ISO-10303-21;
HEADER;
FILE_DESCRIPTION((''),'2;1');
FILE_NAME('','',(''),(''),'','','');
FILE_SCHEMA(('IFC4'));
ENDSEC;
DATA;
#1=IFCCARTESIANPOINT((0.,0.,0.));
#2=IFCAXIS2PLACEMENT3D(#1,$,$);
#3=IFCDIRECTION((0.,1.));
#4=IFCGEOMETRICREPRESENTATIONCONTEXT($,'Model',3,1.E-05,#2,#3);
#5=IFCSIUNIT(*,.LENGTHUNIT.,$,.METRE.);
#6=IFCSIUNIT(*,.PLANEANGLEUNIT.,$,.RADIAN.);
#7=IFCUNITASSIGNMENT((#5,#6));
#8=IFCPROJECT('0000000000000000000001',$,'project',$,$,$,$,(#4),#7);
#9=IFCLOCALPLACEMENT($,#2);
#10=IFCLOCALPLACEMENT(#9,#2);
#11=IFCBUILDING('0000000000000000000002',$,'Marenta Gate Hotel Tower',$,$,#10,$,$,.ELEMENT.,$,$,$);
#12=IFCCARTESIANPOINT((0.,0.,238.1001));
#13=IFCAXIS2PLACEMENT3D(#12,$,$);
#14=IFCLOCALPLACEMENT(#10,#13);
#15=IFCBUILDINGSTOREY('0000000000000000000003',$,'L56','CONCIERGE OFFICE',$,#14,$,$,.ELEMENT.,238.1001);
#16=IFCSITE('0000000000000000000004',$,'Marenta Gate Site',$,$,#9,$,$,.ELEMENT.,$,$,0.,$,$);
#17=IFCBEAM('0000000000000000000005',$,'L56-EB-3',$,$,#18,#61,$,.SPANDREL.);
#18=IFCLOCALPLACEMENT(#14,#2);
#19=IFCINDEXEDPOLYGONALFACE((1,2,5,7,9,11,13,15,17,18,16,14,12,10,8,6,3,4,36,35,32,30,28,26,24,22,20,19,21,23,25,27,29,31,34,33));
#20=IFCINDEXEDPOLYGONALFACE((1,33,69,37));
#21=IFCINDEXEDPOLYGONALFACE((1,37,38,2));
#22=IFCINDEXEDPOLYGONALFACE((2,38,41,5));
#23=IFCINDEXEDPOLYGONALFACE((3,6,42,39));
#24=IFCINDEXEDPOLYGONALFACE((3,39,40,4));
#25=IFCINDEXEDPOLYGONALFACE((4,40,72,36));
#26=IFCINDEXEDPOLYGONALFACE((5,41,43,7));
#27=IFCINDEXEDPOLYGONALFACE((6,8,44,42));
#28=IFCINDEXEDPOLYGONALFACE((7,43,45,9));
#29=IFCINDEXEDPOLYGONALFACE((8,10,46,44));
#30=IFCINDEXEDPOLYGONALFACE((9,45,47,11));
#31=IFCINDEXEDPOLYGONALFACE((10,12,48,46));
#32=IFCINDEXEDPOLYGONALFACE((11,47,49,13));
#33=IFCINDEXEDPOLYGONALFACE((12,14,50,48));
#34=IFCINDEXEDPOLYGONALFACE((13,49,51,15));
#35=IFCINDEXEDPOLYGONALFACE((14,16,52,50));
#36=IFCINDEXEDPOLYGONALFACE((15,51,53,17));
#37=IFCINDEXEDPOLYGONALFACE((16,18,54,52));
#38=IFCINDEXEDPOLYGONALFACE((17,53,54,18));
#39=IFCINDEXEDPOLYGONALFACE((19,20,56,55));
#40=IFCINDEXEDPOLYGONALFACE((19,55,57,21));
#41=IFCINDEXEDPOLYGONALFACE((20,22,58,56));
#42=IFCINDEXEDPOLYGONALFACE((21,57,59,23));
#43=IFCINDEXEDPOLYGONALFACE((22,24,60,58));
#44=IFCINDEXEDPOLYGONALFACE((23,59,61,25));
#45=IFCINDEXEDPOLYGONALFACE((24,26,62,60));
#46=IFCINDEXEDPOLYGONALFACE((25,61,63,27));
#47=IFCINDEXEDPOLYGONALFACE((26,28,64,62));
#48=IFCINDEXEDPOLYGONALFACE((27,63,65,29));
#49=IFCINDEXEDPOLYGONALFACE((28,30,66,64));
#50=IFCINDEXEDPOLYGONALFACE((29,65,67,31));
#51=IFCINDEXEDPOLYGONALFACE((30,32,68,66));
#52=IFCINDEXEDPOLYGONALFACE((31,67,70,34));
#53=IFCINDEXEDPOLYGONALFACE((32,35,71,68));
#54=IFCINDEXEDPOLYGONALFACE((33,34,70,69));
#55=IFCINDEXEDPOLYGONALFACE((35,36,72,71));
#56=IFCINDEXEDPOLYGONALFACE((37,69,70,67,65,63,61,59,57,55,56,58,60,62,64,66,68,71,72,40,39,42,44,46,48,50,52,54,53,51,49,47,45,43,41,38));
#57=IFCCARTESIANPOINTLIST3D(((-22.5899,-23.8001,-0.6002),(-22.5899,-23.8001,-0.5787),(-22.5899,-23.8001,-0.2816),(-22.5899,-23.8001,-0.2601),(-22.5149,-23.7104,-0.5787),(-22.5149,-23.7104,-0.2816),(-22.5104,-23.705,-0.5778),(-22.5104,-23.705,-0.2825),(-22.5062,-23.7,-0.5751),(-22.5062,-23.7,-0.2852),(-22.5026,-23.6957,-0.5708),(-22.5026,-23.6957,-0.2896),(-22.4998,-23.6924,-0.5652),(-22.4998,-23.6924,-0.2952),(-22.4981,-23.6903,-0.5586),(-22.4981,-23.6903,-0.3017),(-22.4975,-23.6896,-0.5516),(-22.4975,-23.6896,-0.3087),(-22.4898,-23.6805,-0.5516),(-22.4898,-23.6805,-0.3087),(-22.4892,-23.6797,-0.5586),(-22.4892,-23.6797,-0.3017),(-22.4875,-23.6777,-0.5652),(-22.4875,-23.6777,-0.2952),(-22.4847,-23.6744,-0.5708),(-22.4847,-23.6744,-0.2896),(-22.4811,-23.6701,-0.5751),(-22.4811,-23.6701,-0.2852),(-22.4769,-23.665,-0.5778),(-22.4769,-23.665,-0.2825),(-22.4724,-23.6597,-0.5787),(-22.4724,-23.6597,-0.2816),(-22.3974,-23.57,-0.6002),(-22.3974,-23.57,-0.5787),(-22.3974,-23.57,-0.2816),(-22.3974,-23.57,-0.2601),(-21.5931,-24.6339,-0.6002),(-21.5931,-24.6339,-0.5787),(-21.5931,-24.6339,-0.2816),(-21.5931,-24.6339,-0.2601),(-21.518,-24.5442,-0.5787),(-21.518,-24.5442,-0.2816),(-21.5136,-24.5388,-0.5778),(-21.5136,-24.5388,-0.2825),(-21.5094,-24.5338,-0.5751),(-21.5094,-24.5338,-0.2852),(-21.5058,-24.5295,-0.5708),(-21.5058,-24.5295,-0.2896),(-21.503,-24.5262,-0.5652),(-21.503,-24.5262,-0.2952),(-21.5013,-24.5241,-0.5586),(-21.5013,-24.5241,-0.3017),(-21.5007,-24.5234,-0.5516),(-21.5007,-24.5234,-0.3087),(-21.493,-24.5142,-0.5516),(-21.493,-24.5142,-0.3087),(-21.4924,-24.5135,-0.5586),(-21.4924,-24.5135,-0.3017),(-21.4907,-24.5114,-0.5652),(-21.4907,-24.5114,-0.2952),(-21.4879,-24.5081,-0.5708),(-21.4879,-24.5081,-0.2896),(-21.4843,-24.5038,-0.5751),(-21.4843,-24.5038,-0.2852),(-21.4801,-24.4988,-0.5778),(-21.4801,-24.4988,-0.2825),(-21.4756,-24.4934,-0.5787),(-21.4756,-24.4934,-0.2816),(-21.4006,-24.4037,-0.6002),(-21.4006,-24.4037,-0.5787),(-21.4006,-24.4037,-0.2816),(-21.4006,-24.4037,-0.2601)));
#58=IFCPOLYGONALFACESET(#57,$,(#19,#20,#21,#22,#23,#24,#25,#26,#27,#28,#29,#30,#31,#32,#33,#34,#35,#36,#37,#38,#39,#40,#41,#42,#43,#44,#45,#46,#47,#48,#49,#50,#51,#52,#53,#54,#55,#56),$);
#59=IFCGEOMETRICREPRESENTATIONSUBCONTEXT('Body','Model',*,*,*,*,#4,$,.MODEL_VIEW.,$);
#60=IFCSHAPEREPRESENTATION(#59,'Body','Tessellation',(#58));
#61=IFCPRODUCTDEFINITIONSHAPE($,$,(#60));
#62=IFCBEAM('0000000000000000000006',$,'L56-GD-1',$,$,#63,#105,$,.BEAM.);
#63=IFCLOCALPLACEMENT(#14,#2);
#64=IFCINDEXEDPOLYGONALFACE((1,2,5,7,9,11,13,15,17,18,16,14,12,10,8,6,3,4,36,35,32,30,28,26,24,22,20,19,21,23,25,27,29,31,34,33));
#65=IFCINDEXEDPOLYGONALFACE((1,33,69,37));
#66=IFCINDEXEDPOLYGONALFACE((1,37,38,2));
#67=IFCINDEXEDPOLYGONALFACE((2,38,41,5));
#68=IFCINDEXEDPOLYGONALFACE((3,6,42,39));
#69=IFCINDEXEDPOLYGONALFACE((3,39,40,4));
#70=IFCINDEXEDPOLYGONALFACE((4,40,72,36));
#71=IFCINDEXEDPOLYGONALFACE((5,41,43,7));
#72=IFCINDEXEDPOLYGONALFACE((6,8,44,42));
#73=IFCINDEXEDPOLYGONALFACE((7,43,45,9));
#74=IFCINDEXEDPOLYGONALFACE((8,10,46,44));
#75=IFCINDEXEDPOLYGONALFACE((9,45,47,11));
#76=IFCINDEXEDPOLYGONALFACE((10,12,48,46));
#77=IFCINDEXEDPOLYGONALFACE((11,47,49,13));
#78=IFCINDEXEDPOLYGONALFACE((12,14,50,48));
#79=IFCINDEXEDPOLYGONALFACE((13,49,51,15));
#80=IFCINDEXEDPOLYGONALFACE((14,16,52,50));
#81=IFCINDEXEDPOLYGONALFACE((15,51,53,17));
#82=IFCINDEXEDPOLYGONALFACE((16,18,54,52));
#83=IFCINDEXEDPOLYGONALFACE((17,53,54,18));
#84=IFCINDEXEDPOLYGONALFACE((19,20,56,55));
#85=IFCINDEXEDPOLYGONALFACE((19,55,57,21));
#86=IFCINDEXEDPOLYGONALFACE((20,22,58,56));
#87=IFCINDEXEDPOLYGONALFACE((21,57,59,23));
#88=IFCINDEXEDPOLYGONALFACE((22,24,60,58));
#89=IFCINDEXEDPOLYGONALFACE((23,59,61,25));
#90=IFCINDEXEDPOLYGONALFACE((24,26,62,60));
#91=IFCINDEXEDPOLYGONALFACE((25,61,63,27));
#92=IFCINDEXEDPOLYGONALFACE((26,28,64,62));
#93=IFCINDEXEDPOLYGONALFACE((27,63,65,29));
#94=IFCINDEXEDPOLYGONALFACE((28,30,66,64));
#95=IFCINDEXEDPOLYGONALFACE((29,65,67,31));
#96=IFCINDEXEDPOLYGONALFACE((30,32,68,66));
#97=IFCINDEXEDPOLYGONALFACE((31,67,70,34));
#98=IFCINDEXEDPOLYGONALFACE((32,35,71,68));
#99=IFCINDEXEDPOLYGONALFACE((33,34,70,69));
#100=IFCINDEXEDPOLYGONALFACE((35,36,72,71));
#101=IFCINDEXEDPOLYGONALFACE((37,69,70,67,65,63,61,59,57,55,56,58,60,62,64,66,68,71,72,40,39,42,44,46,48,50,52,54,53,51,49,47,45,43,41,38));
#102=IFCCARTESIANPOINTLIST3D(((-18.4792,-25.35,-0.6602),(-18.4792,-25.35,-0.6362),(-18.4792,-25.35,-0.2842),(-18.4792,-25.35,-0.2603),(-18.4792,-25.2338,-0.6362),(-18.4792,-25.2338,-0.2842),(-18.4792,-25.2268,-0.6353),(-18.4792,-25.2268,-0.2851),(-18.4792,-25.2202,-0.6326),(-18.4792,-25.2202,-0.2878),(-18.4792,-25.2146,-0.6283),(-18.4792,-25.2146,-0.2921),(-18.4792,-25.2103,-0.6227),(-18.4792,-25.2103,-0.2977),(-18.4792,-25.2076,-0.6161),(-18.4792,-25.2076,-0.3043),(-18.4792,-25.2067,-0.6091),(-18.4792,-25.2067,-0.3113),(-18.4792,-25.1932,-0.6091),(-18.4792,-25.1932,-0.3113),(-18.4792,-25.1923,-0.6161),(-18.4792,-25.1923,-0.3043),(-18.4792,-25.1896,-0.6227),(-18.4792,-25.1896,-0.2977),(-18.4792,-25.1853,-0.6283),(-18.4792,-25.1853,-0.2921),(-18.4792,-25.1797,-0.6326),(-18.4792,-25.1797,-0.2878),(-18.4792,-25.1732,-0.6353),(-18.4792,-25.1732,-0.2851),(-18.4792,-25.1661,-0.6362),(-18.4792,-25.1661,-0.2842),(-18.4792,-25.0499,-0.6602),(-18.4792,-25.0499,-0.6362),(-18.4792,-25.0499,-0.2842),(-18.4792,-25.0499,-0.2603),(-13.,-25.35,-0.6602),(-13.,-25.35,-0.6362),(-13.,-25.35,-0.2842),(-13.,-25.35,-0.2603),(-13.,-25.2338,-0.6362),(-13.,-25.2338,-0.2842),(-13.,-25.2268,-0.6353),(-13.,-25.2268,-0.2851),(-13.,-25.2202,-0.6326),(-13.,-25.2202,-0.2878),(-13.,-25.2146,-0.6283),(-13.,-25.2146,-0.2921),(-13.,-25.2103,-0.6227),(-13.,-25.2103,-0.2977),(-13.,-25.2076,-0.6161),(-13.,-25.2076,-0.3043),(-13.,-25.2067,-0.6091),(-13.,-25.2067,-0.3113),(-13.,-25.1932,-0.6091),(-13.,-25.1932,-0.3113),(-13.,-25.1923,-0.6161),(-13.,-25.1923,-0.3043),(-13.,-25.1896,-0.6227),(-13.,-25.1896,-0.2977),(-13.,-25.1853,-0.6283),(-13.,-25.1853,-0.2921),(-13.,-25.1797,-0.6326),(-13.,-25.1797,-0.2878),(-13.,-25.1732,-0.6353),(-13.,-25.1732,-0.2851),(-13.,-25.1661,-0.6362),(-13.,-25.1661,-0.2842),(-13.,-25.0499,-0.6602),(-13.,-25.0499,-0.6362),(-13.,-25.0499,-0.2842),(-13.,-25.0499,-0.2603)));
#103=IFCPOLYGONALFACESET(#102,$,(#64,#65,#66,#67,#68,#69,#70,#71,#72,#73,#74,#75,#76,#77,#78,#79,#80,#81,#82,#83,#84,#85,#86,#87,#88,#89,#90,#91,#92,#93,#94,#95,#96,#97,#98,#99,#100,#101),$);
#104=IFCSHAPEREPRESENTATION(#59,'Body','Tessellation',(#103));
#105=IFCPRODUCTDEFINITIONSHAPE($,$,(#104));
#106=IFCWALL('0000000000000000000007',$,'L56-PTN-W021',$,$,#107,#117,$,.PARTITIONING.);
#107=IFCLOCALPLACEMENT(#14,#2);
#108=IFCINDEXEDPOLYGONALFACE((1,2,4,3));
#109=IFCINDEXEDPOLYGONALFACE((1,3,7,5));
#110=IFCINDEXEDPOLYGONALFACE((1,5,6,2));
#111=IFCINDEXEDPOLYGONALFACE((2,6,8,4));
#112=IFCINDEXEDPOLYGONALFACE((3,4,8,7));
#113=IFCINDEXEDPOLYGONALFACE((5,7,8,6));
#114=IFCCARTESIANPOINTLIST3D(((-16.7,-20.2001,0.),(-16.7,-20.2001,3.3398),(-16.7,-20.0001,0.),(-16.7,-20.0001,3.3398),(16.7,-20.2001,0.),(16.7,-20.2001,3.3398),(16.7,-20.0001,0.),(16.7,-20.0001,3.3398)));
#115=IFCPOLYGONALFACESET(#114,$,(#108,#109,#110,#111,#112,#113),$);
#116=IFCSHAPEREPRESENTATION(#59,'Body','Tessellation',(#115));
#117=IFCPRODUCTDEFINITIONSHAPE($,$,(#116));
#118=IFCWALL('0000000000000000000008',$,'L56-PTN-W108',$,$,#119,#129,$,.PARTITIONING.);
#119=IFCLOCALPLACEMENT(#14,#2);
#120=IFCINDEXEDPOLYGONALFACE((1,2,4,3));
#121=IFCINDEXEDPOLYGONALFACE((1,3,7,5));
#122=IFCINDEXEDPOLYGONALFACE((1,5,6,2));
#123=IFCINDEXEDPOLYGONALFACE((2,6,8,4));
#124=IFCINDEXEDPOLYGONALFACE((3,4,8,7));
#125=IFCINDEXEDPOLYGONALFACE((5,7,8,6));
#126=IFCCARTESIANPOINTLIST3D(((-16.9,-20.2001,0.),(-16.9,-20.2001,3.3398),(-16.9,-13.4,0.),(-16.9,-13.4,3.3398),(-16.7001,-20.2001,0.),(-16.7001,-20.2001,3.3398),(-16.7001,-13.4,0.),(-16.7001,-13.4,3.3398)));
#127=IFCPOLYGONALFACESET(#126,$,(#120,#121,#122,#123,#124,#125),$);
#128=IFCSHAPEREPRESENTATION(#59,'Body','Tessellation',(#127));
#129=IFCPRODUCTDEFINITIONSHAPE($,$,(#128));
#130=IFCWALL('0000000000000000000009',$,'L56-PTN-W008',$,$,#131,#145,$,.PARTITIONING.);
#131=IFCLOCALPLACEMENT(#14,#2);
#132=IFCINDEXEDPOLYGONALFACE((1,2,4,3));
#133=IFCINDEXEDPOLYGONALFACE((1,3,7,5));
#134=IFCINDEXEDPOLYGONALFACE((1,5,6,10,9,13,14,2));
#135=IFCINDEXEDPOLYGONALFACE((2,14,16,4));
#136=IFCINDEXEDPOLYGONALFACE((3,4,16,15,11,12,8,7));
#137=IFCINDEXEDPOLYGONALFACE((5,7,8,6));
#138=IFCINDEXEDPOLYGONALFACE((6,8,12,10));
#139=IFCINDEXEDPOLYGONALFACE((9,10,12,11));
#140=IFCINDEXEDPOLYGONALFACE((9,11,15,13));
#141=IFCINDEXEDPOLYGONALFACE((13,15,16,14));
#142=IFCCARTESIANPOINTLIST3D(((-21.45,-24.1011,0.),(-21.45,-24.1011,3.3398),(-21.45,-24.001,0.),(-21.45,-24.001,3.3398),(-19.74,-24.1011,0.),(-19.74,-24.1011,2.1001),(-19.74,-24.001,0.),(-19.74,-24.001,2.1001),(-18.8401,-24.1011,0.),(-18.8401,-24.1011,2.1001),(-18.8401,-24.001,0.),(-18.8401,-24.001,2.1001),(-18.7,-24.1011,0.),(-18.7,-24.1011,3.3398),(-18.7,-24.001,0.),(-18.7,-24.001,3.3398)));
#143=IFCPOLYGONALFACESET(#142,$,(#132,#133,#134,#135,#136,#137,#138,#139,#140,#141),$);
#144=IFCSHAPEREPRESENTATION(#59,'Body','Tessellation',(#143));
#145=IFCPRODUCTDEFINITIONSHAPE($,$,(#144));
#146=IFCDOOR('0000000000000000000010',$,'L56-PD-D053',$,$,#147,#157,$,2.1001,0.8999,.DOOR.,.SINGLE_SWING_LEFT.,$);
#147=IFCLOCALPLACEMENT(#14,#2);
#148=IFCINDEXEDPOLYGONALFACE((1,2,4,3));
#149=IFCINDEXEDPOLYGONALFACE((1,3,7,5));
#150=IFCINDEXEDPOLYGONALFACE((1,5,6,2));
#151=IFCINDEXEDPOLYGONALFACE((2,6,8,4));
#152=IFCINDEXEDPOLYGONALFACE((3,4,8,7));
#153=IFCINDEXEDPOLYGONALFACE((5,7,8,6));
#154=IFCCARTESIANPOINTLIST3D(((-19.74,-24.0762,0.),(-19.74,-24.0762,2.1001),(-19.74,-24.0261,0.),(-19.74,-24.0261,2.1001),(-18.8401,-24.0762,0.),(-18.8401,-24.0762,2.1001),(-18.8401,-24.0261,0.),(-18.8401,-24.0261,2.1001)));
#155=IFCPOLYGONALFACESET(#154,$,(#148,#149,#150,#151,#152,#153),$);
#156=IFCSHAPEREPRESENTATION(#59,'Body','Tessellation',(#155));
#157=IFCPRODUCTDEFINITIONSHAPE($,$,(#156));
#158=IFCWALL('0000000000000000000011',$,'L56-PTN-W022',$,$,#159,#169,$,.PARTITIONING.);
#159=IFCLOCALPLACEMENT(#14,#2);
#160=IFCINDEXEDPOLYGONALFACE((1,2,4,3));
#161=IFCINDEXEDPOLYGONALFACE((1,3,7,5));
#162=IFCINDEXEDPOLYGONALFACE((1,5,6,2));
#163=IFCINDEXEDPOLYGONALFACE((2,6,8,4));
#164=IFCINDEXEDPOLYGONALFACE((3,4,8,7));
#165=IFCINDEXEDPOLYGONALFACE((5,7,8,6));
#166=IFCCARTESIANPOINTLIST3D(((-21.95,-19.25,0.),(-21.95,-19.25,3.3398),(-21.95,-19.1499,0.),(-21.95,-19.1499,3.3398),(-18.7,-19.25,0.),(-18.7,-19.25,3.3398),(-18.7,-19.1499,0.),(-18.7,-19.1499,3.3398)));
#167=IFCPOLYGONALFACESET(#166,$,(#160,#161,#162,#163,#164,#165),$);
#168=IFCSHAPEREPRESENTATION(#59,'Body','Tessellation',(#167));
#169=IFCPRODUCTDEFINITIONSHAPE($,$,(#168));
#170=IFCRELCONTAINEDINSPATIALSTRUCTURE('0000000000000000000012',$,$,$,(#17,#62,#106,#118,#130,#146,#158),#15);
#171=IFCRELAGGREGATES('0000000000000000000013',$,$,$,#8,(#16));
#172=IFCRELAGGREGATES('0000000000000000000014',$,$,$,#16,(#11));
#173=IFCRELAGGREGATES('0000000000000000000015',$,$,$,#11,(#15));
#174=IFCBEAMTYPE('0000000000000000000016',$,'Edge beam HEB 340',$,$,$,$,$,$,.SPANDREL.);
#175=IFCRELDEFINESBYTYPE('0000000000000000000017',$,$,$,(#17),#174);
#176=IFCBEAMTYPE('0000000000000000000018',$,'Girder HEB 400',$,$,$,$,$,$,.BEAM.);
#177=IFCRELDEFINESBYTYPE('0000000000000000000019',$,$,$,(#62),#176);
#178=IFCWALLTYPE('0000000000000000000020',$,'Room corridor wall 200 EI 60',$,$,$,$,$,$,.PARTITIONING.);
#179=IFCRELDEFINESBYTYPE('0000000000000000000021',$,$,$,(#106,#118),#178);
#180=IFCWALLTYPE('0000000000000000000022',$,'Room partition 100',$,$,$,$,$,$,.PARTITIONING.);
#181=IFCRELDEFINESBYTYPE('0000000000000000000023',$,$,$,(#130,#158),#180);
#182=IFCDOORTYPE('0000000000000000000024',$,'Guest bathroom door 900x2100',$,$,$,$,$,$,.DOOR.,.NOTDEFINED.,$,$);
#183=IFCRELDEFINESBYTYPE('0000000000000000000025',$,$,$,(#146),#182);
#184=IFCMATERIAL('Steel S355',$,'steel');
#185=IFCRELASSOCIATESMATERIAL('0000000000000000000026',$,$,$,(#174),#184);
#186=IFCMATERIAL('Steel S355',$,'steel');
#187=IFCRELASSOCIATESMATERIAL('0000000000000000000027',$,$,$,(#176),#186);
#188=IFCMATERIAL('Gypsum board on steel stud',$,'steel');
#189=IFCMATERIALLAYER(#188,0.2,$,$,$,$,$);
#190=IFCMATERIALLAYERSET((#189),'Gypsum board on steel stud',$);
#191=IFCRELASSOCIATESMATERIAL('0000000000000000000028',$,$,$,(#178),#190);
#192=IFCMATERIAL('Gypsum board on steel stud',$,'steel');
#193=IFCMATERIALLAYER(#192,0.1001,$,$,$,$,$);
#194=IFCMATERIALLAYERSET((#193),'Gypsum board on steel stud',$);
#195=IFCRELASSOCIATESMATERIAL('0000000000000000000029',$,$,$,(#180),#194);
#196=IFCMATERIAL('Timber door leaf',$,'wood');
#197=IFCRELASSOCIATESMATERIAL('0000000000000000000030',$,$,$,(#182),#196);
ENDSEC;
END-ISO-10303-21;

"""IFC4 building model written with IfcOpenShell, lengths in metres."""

from ifc_helpers import new_model, si_unit, direction, frame, frame_2d, origin, origin_2d, place, context, subcontext, project, spatial, rectangle, i_section, extrude, material, layer, layer_set, material_profile, profile_set, type_object, element, fill, save


model = new_model("IFC4")

# Units and contexts
model_context = context("Model", 3, precision=1e-05, world=origin(), true_north=direction((0.0, 1.0)))
body_context = subcontext(model_context, "Body", "Model", "MODEL_VIEW")
ifc_project = project(units=[si_unit("LENGTHUNIT", "METRE"), si_unit("PLANEANGLEUNIT", "RADIAN")], contexts=[model_context])

# Site, building, storey
site_placement = place(None, origin())
site = spatial("IfcSite", under=ifc_project, at=site_placement, Name="Marenta Gate Site", CompositionType="ELEMENT", RefElevation=0.0)
building_placement = place(site_placement, origin())
building = spatial("IfcBuilding", under=site, at=building_placement, Name="Marenta Gate Hotel Tower", CompositionType="ELEMENT")
storey_placement = place(building_placement, frame((0.0, 0.0, 238.1001)))
storey = spatial("IfcBuildingStorey", under=building, at=storey_placement, Name="L56", Description="CONCIERGE OFFICE", CompositionType="ELEMENT", Elevation=238.1001)

# Beams
ifc_material_1 = material(Name="Steel S355", Category="steel")
ifc_material_profile_1 = material_profile(ifc_material_1, i_section(OverallWidth=0.3, OverallDepth=0.3401, WebThickness=0.012, FlangeThickness=0.0215, FilletRadius=0.0271, at=origin_2d()), Name="HEB 340")
ifc_profile_set_1 = profile_set([ifc_material_profile_1], Name="Steel S355")
beam_type_1 = type_object("IfcBeamType", Name="Edge beam HEB 340", PredefinedType="SPANDREL", material=ifc_profile_set_1)
beam_1_placement = place(storey_placement, frame((-21.4968, -24.5188, -0.4302), z_axis=(-0.767065, 0.641569, 0.0), x_axis=(-0.641569, -0.767065, 0.0)))
element("IfcBeam", 1, at=beam_1_placement, inside=storey, type_object=beam_type_1, Name="L56-EB-3", PredefinedType="SPANDREL", context=body_context, shape_type="SweptSolid", body=[
    extrude(i_section(OverallWidth=0.3, OverallDepth=0.3401, WebThickness=0.012, FlangeThickness=0.0215, FilletRadius=0.0271, at=origin_2d()), origin(), (0.0, 0.0, 1.0), 1.2996),
])
ifc_material_2 = material(Name="Steel S355", Category="steel")
ifc_material_profile_2 = material_profile(ifc_material_2, i_section(OverallWidth=0.3, OverallDepth=0.3999, WebThickness=0.0134, FlangeThickness=0.0239, FilletRadius=0.0271, at=origin_2d()), Name="HEB 400")
ifc_profile_set_2 = profile_set([ifc_material_profile_2], Name="Steel S355")
beam_type_2 = type_object("IfcBeamType", Name="Girder HEB 400", PredefinedType="BEAM", material=ifc_profile_set_2)
beam_2_placement = place(storey_placement, frame((-18.4792, -25.2, -0.4602), z_axis=(1.0, 0.0, 0.0), x_axis=(0.0, 1.0, 0.0)))
element("IfcBeam", 2, at=beam_2_placement, inside=storey, type_object=beam_type_2, Name="L56-GD-1", PredefinedType="BEAM", context=body_context, shape_type="SweptSolid", body=[
    extrude(i_section(OverallWidth=0.3, OverallDepth=0.3999, WebThickness=0.0134, FlangeThickness=0.0239, FilletRadius=0.0271, at=origin_2d()), origin(), (0.0, 0.0, 1.0), 5.4792),
])

# Shared definitions
ifc_material_3 = material(Name="Gypsum board on steel stud", Category="steel")
ifc_layer_1 = layer(ifc_material_3, 0.2)
ifc_layer_set_1 = layer_set([ifc_layer_1], Name="Gypsum board on steel stud")
wall_type_1 = type_object("IfcWallType", Name="Room corridor wall 200 EI 60", PredefinedType="PARTITIONING", material=ifc_layer_set_1)

# Walls
wall_1_placement = place(storey_placement, frame((-16.7, -20.1001, 0.0), z_axis=(0.0, 0.0, 1.0), x_axis=(1.0, 0.0, 0.0)))
element("IfcWall", 3, at=wall_1_placement, inside=storey, type_object=wall_type_1, Name="L56-PTN-W021", PredefinedType="PARTITIONING", context=body_context, shape_type="SweptSolid", body=[
    extrude(rectangle(XDim=33.3999, YDim=0.2, at=frame_2d((16.7, 0.0))), origin(), (0.0, 0.0, 1.0), 3.3398),
])
wall_2_placement = place(storey_placement, frame((-16.8, -20.2, 0.0), z_axis=(0.0, 0.0, 1.0), x_axis=(0.0, 1.0, 0.0)))
element("IfcWall", 4, at=wall_2_placement, inside=storey, type_object=wall_type_1, Name="L56-PTN-W108", PredefinedType="PARTITIONING", context=body_context, shape_type="SweptSolid", body=[
    extrude(rectangle(XDim=6.8, YDim=0.2, at=frame_2d((3.3999, 0.0))), origin(), (0.0, 0.0, 1.0), 3.3398),
])

# Wall, opening, door
ifc_material_4 = material(Name="Gypsum board on steel stud", Category="steel")
ifc_layer_2 = layer(ifc_material_4, 0.1001)
ifc_layer_set_2 = layer_set([ifc_layer_2], Name="Gypsum board on steel stud")
wall_type_2 = type_object("IfcWallType", Name="Room partition 100", PredefinedType="PARTITIONING", material=ifc_layer_set_2)
wall_3_placement = place(storey_placement, frame((-21.45, -24.051, 0.0), z_axis=(0.0, 0.0, 1.0), x_axis=(1.0, 0.0, 0.0)))
wall_3 = element("IfcWall", 5, at=wall_3_placement, inside=storey, type_object=wall_type_2, Name="L56-PTN-W008", PredefinedType="PARTITIONING", context=body_context, shape_type="SweptSolid", body=[
    extrude(rectangle(XDim=2.75, YDim=0.1001, at=frame_2d((1.375, 0.0))), origin(), (0.0, 0.0, 1.0), 3.3398),
])
opening_1_placement = place(wall_3_placement, frame((1.71, 0.0, 0.0)))
opening_1 = element("IfcOpeningElement", 6, at=opening_1_placement, cuts=wall_3, PredefinedType="OPENING", context=body_context, shape_type="SweptSolid", body=[
    extrude(rectangle(XDim=0.8999, YDim=2.1001, at=frame_2d((0.45, 1.05))), frame((0.0, 0.05, 0.0), z_axis=(0.0, -1.0, 0.0), x_axis=(1.0, 0.0, 0.0)), (0.0, 0.0, 1.0), 0.1001),
])
ifc_material_5 = material(Name="Timber door leaf", Category="wood")
door_type_1 = type_object("IfcDoorType", Name="Guest bathroom door 900x2100", OperationType="NOTDEFINED", PredefinedType="DOOR", material=ifc_material_5)
door_1_placement = place(opening_1_placement, origin())
door_1 = element("IfcDoor", 7, at=door_1_placement, inside=storey, type_object=door_type_1, Name="L56-PD-D053", OperationType="SINGLE_SWING_LEFT", OverallHeight=2.1001, OverallWidth=0.8999, PredefinedType="DOOR", context=body_context, shape_type="SweptSolid", body=[
    extrude(rectangle(XDim=0.8999, YDim=2.1001, at=frame_2d((0.45, 1.05))), frame((0.0, 0.0249, 0.0), z_axis=(0.0, -1.0, 0.0), x_axis=(1.0, 0.0, 0.0)), (0.0, 0.0, 1.0), 0.05),
])
fill(opening_1, door_1)

# Wall
wall_4_placement = place(storey_placement, frame((-21.95, -19.2, 0.0), z_axis=(0.0, 0.0, 1.0), x_axis=(1.0, 0.0, 0.0)))
element("IfcWall", 8, at=wall_4_placement, inside=storey, type_object=wall_type_2, Name="L56-PTN-W022", PredefinedType="PARTITIONING", context=body_context, shape_type="SweptSolid", body=[
    extrude(rectangle(XDim=3.25, YDim=0.1001, at=frame_2d((1.625, 0.0))), origin(), (0.0, 0.0, 1.0), 3.3398),
])

save(model, "model.ifc")
